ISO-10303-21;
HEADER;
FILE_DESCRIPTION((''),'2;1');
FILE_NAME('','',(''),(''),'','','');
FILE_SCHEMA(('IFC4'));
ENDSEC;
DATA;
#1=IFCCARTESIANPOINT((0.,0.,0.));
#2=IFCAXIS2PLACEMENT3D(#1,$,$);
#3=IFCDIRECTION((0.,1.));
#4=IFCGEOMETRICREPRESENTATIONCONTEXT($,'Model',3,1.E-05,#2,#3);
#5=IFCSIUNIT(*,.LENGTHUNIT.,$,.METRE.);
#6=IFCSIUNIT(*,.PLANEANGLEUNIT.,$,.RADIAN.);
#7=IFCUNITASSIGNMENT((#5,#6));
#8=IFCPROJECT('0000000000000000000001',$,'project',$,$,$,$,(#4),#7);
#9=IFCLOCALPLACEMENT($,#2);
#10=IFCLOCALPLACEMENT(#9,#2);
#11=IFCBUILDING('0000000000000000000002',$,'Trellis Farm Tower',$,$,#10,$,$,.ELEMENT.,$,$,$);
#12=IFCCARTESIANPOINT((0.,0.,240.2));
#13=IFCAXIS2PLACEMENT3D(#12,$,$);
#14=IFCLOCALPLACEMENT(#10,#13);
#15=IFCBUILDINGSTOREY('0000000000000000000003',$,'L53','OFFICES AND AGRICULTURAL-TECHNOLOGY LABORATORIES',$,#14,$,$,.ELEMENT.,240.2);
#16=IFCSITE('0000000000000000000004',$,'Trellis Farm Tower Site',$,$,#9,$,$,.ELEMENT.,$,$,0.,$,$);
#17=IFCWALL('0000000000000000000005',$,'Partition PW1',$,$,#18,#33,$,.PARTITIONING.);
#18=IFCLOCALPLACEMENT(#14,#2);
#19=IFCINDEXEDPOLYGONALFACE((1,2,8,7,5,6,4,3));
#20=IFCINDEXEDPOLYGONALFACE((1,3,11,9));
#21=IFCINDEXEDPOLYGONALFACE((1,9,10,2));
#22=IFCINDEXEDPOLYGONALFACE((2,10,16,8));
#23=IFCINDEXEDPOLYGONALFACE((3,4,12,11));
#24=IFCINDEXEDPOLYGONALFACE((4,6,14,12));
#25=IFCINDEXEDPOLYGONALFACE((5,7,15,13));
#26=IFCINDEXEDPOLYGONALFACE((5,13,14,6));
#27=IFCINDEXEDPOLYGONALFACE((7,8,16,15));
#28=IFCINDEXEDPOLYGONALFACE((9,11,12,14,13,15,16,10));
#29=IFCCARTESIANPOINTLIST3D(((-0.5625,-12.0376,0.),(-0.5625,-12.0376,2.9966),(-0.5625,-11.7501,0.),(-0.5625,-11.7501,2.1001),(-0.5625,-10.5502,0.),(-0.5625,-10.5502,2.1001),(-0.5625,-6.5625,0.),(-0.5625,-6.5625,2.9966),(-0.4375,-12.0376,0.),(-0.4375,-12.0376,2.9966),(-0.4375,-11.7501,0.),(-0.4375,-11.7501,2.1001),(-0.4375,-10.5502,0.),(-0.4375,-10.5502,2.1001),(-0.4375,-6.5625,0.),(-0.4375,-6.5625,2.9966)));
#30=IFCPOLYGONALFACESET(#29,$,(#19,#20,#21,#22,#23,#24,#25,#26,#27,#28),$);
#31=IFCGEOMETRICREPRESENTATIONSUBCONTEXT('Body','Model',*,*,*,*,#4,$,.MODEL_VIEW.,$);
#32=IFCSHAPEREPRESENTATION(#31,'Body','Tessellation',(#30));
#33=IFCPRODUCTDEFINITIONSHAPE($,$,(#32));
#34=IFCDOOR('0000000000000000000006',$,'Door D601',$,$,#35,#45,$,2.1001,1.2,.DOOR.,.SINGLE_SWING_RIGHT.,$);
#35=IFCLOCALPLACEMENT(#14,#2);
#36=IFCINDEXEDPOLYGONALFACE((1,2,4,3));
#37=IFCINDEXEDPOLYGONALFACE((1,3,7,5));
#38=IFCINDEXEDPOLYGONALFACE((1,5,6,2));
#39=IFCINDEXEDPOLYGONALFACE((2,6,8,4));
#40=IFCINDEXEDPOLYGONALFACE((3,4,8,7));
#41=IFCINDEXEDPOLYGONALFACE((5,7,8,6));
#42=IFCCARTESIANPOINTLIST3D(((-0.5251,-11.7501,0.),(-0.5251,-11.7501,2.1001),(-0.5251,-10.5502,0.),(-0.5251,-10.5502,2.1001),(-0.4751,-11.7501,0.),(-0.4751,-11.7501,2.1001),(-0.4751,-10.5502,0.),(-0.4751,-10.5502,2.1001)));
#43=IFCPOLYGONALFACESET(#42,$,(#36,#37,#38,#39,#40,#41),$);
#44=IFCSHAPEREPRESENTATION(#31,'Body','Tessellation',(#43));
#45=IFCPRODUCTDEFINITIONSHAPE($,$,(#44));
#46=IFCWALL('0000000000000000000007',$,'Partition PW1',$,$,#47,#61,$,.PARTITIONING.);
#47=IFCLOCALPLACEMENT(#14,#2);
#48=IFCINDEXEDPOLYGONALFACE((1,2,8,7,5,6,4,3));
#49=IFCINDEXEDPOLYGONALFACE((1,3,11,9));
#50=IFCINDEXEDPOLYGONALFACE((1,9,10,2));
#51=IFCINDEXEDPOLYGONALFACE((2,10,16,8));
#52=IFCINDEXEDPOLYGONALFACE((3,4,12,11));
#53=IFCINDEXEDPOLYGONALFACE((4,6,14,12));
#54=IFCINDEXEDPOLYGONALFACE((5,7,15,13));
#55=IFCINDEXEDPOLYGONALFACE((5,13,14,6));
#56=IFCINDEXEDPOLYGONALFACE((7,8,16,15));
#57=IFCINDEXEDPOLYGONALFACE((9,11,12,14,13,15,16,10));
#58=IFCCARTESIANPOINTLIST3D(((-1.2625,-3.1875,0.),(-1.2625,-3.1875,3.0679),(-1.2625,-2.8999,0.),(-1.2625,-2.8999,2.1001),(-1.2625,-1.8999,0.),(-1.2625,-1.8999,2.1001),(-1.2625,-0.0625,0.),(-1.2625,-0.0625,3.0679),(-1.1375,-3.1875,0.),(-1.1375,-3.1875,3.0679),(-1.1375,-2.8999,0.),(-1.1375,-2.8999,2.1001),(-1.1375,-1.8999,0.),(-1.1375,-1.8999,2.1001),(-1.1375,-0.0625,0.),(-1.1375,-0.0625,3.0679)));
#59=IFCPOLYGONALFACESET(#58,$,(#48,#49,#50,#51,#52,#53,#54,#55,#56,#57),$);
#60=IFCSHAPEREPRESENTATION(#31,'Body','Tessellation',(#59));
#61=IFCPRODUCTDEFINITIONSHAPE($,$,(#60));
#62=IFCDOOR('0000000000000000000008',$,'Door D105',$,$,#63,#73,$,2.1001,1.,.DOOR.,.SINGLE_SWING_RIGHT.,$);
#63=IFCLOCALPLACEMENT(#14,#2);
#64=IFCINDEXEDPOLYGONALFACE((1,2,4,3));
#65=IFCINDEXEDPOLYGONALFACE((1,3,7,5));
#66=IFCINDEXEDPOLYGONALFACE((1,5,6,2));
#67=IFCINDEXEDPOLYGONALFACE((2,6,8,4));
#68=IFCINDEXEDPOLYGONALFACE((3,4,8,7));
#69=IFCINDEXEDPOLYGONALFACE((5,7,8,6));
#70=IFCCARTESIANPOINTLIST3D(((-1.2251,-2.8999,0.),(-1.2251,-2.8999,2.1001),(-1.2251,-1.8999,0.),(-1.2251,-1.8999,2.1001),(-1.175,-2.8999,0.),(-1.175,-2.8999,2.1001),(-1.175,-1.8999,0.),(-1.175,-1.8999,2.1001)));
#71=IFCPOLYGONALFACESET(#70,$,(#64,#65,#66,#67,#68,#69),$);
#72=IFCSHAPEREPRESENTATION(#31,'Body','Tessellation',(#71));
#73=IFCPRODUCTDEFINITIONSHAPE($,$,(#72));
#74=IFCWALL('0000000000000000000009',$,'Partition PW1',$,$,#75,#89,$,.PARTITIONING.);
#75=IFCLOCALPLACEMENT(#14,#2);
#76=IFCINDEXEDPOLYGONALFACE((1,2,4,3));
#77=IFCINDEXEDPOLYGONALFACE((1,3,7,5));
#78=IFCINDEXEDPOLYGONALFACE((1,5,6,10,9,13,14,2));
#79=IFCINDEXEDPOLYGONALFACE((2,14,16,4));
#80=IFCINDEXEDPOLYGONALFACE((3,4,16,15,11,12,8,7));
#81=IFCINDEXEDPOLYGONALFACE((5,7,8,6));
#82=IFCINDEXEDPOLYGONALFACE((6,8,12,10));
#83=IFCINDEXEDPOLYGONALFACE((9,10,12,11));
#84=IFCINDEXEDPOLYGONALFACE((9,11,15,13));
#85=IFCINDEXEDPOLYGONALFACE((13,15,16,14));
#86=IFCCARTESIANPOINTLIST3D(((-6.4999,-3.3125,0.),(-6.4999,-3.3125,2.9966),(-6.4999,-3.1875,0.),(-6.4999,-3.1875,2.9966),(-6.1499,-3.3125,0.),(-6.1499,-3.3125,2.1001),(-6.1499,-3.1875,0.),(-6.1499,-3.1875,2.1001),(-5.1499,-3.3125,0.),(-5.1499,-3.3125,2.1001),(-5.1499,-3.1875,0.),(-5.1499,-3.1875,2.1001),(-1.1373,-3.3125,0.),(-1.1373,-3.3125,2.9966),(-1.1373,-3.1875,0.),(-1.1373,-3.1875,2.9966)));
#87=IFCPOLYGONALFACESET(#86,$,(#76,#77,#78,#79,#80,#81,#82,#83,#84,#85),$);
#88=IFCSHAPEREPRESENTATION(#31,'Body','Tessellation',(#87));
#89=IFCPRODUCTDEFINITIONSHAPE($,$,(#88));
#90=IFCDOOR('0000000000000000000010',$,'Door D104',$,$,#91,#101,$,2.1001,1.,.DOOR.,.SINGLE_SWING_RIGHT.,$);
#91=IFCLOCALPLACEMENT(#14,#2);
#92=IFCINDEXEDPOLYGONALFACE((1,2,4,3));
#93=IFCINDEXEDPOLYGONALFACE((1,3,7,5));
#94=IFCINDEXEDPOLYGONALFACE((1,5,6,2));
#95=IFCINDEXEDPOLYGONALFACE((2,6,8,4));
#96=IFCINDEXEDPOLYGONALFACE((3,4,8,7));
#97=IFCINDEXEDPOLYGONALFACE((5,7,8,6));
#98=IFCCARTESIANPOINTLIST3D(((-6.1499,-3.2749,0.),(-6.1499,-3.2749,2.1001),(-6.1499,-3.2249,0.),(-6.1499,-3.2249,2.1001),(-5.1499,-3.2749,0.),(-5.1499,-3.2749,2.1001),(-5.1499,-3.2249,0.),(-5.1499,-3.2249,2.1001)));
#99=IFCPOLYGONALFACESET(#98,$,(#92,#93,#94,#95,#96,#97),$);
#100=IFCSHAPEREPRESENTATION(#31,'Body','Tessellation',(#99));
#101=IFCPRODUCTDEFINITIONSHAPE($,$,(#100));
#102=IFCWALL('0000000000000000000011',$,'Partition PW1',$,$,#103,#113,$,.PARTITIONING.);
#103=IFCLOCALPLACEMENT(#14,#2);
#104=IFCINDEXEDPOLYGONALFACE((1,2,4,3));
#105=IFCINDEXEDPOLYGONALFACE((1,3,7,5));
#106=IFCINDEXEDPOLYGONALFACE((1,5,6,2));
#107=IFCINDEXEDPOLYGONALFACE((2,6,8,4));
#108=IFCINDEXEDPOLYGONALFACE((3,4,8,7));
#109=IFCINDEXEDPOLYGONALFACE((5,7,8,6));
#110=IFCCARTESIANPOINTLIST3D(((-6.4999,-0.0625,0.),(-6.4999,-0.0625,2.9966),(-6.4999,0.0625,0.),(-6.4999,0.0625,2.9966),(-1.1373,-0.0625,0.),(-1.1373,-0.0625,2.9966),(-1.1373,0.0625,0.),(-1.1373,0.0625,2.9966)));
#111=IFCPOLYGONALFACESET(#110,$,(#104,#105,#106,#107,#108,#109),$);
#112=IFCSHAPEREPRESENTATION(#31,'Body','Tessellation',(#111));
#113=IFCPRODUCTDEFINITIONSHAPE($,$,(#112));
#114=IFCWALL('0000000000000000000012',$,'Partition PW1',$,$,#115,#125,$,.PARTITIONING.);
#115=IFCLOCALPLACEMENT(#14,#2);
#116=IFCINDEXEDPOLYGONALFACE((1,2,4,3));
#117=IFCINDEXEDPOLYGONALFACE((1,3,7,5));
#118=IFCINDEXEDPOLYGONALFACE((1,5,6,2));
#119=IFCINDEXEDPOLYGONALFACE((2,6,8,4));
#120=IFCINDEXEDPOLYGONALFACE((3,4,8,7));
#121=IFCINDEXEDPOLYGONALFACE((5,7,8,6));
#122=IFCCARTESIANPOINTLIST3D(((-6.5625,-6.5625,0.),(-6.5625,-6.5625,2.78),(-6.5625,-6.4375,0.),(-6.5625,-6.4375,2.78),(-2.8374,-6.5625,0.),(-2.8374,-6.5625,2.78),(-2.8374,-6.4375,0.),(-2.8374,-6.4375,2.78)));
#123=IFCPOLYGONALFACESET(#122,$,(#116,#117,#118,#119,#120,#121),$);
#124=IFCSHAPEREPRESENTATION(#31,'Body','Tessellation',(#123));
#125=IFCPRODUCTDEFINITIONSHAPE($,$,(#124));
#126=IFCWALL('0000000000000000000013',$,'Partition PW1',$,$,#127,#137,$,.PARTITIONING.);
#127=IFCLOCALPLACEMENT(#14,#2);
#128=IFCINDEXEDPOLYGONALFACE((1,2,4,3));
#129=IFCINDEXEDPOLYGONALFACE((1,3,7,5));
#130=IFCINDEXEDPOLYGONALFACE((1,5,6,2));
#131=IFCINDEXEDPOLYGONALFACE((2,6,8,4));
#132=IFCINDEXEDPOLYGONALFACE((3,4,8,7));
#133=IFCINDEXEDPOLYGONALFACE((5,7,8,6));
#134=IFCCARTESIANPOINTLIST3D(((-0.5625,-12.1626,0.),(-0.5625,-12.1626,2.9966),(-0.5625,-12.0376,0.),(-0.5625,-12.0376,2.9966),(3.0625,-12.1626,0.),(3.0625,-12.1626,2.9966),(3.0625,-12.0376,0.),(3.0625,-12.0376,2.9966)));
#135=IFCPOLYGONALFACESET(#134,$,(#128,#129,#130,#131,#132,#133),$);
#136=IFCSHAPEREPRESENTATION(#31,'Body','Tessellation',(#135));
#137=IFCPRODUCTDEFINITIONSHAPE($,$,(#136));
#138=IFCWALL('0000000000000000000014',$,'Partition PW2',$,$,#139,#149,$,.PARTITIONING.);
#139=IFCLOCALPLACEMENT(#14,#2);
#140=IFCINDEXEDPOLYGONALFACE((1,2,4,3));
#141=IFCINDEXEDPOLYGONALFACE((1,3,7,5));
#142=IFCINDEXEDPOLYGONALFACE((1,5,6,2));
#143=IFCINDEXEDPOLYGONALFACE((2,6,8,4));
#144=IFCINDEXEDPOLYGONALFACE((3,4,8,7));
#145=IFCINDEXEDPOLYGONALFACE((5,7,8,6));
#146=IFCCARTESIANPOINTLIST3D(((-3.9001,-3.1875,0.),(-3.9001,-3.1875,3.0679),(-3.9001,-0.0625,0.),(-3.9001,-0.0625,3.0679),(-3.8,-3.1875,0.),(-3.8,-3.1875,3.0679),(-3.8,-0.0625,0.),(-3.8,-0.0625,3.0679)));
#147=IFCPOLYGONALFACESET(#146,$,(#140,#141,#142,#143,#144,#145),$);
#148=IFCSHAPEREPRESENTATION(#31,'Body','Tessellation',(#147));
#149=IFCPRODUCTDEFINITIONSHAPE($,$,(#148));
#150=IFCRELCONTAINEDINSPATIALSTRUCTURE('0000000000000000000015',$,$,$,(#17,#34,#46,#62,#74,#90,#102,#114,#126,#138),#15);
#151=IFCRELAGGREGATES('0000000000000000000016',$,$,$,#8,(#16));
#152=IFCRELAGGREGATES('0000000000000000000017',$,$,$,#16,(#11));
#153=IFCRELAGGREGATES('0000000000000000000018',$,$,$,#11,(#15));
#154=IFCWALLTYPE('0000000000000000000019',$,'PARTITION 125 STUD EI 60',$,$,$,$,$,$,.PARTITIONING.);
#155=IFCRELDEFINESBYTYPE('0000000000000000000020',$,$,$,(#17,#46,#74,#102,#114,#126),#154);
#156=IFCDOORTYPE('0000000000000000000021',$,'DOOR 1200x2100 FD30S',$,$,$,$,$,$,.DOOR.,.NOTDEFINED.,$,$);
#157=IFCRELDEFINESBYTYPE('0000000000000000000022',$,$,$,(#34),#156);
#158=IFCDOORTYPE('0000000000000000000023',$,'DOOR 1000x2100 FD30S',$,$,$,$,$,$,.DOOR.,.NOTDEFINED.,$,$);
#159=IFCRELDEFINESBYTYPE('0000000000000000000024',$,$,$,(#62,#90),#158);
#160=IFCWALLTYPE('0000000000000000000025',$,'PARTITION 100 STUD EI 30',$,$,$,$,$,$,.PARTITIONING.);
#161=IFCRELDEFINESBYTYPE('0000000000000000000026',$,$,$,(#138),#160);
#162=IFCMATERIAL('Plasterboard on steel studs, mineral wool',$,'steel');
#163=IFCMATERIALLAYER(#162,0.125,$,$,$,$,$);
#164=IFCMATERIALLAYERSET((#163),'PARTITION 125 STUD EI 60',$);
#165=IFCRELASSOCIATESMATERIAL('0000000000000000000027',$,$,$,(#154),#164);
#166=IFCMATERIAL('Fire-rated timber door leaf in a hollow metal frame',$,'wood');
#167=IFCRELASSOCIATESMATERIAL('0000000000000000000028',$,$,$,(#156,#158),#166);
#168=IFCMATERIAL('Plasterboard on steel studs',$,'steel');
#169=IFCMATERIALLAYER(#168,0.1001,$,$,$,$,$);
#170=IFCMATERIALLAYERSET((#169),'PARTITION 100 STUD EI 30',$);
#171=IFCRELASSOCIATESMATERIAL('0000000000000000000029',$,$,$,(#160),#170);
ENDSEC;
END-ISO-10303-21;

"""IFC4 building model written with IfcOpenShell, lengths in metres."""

from ifc_helpers import new_model, si_unit, direction, frame, frame_2d, origin, place, context, subcontext, project, spatial, rectangle, extrude, source, transform, mapped, material, layer, layer_set, type_object, element, fill, save


model = new_model("IFC4")

# Units and contexts
model_context = context("Model", 3, precision=1e-05, world=origin(), true_north=direction((0.0, 1.0)))
body_context = subcontext(model_context, "Body", "Model", "MODEL_VIEW")
ifc_project = project(units=[si_unit("LENGTHUNIT", "METRE"), si_unit("PLANEANGLEUNIT", "RADIAN")], contexts=[model_context])

# Site, building, storey
site_placement = place(None, origin())
site = spatial("IfcSite", under=ifc_project, at=site_placement, Name="Trellis Farm Tower Site", CompositionType="ELEMENT", RefElevation=0.0)
building_placement = place(site_placement, origin())
building = spatial("IfcBuilding", under=site, at=building_placement, Name="Trellis Farm Tower", CompositionType="ELEMENT")
storey_placement = place(building_placement, frame((0.0, 0.0, 240.2)))
storey = spatial("IfcBuildingStorey", under=building, at=storey_placement, Name="L53", Description="OFFICES AND AGRICULTURAL-TECHNOLOGY LABORATORIES", CompositionType="ELEMENT", Elevation=240.2)

# Walls, openings, doors
ifc_material_1 = material(Name="Plasterboard on steel studs, mineral wool", Category="steel")
ifc_layer_1 = layer(ifc_material_1, 0.125)
ifc_layer_set_1 = layer_set([ifc_layer_1], Name="PARTITION 125 STUD EI 60")
wall_type_1 = type_object("IfcWallType", Name="PARTITION 125 STUD EI 60", PredefinedType="PARTITIONING", material=ifc_layer_set_1)
shared_shape_1 = source(origin(), body_context, "Body", "SweptSolid", [
    extrude(rectangle(XDim=5.4751, YDim=0.125, at=frame_2d((2.7375, 0.0))), origin(), (0.0, 0.0, 1.0), 2.9966),
])
wall_1_placement = place(storey_placement, frame((-0.5, -6.5625, 0.0), z_axis=(0.0, 0.0, 1.0), x_axis=(0.0, -1.0, 0.0)))
wall_1 = element("IfcWall", 1, at=wall_1_placement, inside=storey, type_object=wall_type_1, Name="Partition PW1", PredefinedType="PARTITIONING", context=body_context, shape_type="MappedRepresentation", body=[
    mapped(shared_shape_1, transform((0.0, 0.0, 0.0))),
])
shared_shape_2 = source(origin(), body_context, "Body", "SweptSolid", [
    extrude(rectangle(XDim=1.2, YDim=2.1001, at=frame_2d((0.6001, 1.05))), frame((0.0, 0.0725, 0.0), z_axis=(0.0, -1.0, 0.0), x_axis=(1.0, 0.0, 0.0)), (0.0, 0.0, 1.0), 0.145),
])
opening_1_placement = place(wall_1_placement, frame((3.9875, 0.0, 0.0)))
opening_1 = element("IfcOpeningElement", 2, at=opening_1_placement, cuts=wall_1, PredefinedType="OPENING", context=body_context, shape_type="MappedRepresentation", body=[
    mapped(shared_shape_2, transform((0.0, 0.0, 0.0))),
])
ifc_material_2 = material(Name="Fire-rated timber door leaf in a hollow metal frame", Category="wood")
door_type_1 = type_object("IfcDoorType", Name="DOOR 1200x2100 FD30S", OperationType="NOTDEFINED", PredefinedType="DOOR", material=ifc_material_2)
shared_shape_3 = source(origin(), body_context, "Body", "SweptSolid", [
    extrude(rectangle(XDim=1.2, YDim=2.1001, at=frame_2d((0.6001, 1.05))), frame((0.0, 0.0249, 0.0), z_axis=(0.0, -1.0, 0.0), x_axis=(1.0, 0.0, 0.0)), (0.0, 0.0, 1.0), 0.05),
])
door_1_placement = place(opening_1_placement, origin())
door_1 = element("IfcDoor", 3, at=door_1_placement, inside=storey, type_object=door_type_1, Name="Door D601", OperationType="SINGLE_SWING_RIGHT", OverallHeight=2.1001, OverallWidth=1.2, PredefinedType="DOOR", context=body_context, shape_type="MappedRepresentation", body=[
    mapped(shared_shape_3, transform((0.0, 0.0, 0.0))),
])
fill(opening_1, door_1)
shared_shape_4 = source(origin(), body_context, "Body", "SweptSolid", [
    extrude(rectangle(XDim=3.125, YDim=0.125, at=frame_2d((1.5625, 0.0))), origin(), (0.0, 0.0, 1.0), 3.0679),
])
wall_2_placement = place(storey_placement, frame((-1.2, -0.0625, 0.0), z_axis=(0.0, 0.0, 1.0), x_axis=(0.0, -1.0, 0.0)))
wall_2 = element("IfcWall", 4, at=wall_2_placement, inside=storey, type_object=wall_type_1, Name="Partition PW1", PredefinedType="PARTITIONING", context=body_context, shape_type="MappedRepresentation", body=[
    mapped(shared_shape_4, transform((0.0, 0.0, 0.0))),
])
shared_shape_5 = source(origin(), body_context, "Body", "SweptSolid", [
    extrude(rectangle(XDim=1.0, YDim=2.1001, at=frame_2d((0.5, 1.05))), frame((0.0, 0.0725, 0.0), z_axis=(0.0, -1.0, 0.0), x_axis=(1.0, 0.0, 0.0)), (0.0, 0.0, 1.0), 0.145),
])
opening_2_placement = place(wall_2_placement, frame((1.8374, 0.0, 0.0)))
opening_2 = element("IfcOpeningElement", 5, at=opening_2_placement, cuts=wall_2, PredefinedType="OPENING", context=body_context, shape_type="MappedRepresentation", body=[
    mapped(shared_shape_5, transform((0.0, 0.0, 0.0))),
])
door_type_2 = type_object("IfcDoorType", Name="DOOR 1000x2100 FD30S", OperationType="NOTDEFINED", PredefinedType="DOOR", material=ifc_material_2)
shared_shape_6 = source(origin(), body_context, "Body", "SweptSolid", [
    extrude(rectangle(XDim=1.0, YDim=2.1001, at=frame_2d((0.5, 1.05))), frame((0.0, 0.0249, 0.0), z_axis=(0.0, -1.0, 0.0), x_axis=(1.0, 0.0, 0.0)), (0.0, 0.0, 1.0), 0.05),
])
door_2_placement = place(opening_2_placement, origin())
door_2 = element("IfcDoor", 6, at=door_2_placement, inside=storey, type_object=door_type_2, Name="Door D105", OperationType="SINGLE_SWING_RIGHT", OverallHeight=2.1001, OverallWidth=1.0, PredefinedType="DOOR", context=body_context, shape_type="MappedRepresentation", body=[
    mapped(shared_shape_6, transform((0.0, 0.0, 0.0))),
])
fill(opening_2, door_2)
shared_shape_7 = source(origin(), body_context, "Body", "SweptSolid", [
    extrude(rectangle(XDim=5.3625, YDim=0.125, at=frame_2d((2.6812, 0.0))), origin(), (0.0, 0.0, 1.0), 2.9966),
])
wall_3_placement = place(storey_placement, frame((-1.1375, -3.25, 0.0), z_axis=(0.0, 0.0, 1.0), x_axis=(-1.0, 0.0, 0.0)))
wall_3 = element("IfcWall", 7, at=wall_3_placement, inside=storey, type_object=wall_type_1, Name="Partition PW1", PredefinedType="PARTITIONING", context=body_context, shape_type="MappedRepresentation", body=[
    mapped(shared_shape_7, transform((0.0, 0.0, 0.0))),
])
opening_3_placement = place(wall_3_placement, frame((4.0125, 0.0, 0.0)))
opening_3 = element("IfcOpeningElement", 8, at=opening_3_placement, cuts=wall_3, PredefinedType="OPENING", context=body_context, shape_type="MappedRepresentation", body=[
    mapped(shared_shape_5, transform((0.0, 0.0, 0.0))),
])
door_3_placement = place(opening_3_placement, origin())
door_3 = element("IfcDoor", 9, at=door_3_placement, inside=storey, type_object=door_type_2, Name="Door D104", OperationType="SINGLE_SWING_RIGHT", OverallHeight=2.1001, OverallWidth=1.0, PredefinedType="DOOR", context=body_context, shape_type="MappedRepresentation", body=[
    mapped(shared_shape_6, transform((0.0, 0.0, 0.0))),
])
fill(opening_3, door_3)

# Walls
wall_4_placement = place(storey_placement, frame((-1.1375, 0.0, 0.0), z_axis=(0.0, 0.0, 1.0), x_axis=(-1.0, 0.0, 0.0)))
element("IfcWall", 10, at=wall_4_placement, inside=storey, type_object=wall_type_1, Name="Partition PW1", PredefinedType="PARTITIONING", context=body_context, shape_type="MappedRepresentation", body=[
    mapped(shared_shape_7, transform((0.0, 0.0, 0.0))),
])
shared_shape_8 = source(origin(), body_context, "Body", "SweptSolid", [
    extrude(rectangle(XDim=3.7251, YDim=0.125, at=frame_2d((1.8625, 0.0))), origin(), (0.0, 0.0, 1.0), 2.78),
])
wall_5_placement = place(storey_placement, frame((-2.8374, -6.5, 0.0), z_axis=(0.0, 0.0, 1.0), x_axis=(-1.0, 0.0, 0.0)))
element("IfcWall", 11, at=wall_5_placement, inside=storey, type_object=wall_type_1, Name="Partition PW1", PredefinedType="PARTITIONING", context=body_context, shape_type="MappedRepresentation", body=[
    mapped(shared_shape_8, transform((0.0, 0.0, 0.0))),
])
shared_shape_9 = source(origin(), body_context, "Body", "SweptSolid", [
    extrude(rectangle(XDim=3.625, YDim=0.125, at=frame_2d((1.8125, 0.0))), origin(), (0.0, 0.0, 1.0), 2.9966),
])
wall_6_placement = place(storey_placement, frame((-0.5625, -12.1001, 0.0), z_axis=(0.0, 0.0, 1.0), x_axis=(1.0, 0.0, 0.0)))
element("IfcWall", 12, at=wall_6_placement, inside=storey, type_object=wall_type_1, Name="Partition PW1", PredefinedType="PARTITIONING", context=body_context, shape_type="MappedRepresentation", body=[
    mapped(shared_shape_9, transform((0.0, 0.0, 0.0))),
])
ifc_material_3 = material(Name="Plasterboard on steel studs", Category="steel")
ifc_layer_2 = layer(ifc_material_3, 0.1001)
ifc_layer_set_2 = layer_set([ifc_layer_2], Name="PARTITION 100 STUD EI 30")
wall_type_2 = type_object("IfcWallType", Name="PARTITION 100 STUD EI 30", PredefinedType="PARTITIONING", material=ifc_layer_set_2)
shared_shape_10 = source(origin(), body_context, "Body", "SweptSolid", [
    extrude(rectangle(XDim=3.125, YDim=0.1001, at=frame_2d((1.5625, 0.0))), origin(), (0.0, 0.0, 1.0), 3.0679),
])
wall_7_placement = place(storey_placement, frame((-3.8501, -3.1875, 0.0), z_axis=(0.0, 0.0, 1.0), x_axis=(0.0, 1.0, 0.0)))
element("IfcWall", 13, at=wall_7_placement, inside=storey, type_object=wall_type_2, Name="Partition PW2", PredefinedType="PARTITIONING", context=body_context, shape_type="MappedRepresentation", body=[
    mapped(shared_shape_10, transform((0.0, 0.0, 0.0))),
])

save(model, "model.ifc")
